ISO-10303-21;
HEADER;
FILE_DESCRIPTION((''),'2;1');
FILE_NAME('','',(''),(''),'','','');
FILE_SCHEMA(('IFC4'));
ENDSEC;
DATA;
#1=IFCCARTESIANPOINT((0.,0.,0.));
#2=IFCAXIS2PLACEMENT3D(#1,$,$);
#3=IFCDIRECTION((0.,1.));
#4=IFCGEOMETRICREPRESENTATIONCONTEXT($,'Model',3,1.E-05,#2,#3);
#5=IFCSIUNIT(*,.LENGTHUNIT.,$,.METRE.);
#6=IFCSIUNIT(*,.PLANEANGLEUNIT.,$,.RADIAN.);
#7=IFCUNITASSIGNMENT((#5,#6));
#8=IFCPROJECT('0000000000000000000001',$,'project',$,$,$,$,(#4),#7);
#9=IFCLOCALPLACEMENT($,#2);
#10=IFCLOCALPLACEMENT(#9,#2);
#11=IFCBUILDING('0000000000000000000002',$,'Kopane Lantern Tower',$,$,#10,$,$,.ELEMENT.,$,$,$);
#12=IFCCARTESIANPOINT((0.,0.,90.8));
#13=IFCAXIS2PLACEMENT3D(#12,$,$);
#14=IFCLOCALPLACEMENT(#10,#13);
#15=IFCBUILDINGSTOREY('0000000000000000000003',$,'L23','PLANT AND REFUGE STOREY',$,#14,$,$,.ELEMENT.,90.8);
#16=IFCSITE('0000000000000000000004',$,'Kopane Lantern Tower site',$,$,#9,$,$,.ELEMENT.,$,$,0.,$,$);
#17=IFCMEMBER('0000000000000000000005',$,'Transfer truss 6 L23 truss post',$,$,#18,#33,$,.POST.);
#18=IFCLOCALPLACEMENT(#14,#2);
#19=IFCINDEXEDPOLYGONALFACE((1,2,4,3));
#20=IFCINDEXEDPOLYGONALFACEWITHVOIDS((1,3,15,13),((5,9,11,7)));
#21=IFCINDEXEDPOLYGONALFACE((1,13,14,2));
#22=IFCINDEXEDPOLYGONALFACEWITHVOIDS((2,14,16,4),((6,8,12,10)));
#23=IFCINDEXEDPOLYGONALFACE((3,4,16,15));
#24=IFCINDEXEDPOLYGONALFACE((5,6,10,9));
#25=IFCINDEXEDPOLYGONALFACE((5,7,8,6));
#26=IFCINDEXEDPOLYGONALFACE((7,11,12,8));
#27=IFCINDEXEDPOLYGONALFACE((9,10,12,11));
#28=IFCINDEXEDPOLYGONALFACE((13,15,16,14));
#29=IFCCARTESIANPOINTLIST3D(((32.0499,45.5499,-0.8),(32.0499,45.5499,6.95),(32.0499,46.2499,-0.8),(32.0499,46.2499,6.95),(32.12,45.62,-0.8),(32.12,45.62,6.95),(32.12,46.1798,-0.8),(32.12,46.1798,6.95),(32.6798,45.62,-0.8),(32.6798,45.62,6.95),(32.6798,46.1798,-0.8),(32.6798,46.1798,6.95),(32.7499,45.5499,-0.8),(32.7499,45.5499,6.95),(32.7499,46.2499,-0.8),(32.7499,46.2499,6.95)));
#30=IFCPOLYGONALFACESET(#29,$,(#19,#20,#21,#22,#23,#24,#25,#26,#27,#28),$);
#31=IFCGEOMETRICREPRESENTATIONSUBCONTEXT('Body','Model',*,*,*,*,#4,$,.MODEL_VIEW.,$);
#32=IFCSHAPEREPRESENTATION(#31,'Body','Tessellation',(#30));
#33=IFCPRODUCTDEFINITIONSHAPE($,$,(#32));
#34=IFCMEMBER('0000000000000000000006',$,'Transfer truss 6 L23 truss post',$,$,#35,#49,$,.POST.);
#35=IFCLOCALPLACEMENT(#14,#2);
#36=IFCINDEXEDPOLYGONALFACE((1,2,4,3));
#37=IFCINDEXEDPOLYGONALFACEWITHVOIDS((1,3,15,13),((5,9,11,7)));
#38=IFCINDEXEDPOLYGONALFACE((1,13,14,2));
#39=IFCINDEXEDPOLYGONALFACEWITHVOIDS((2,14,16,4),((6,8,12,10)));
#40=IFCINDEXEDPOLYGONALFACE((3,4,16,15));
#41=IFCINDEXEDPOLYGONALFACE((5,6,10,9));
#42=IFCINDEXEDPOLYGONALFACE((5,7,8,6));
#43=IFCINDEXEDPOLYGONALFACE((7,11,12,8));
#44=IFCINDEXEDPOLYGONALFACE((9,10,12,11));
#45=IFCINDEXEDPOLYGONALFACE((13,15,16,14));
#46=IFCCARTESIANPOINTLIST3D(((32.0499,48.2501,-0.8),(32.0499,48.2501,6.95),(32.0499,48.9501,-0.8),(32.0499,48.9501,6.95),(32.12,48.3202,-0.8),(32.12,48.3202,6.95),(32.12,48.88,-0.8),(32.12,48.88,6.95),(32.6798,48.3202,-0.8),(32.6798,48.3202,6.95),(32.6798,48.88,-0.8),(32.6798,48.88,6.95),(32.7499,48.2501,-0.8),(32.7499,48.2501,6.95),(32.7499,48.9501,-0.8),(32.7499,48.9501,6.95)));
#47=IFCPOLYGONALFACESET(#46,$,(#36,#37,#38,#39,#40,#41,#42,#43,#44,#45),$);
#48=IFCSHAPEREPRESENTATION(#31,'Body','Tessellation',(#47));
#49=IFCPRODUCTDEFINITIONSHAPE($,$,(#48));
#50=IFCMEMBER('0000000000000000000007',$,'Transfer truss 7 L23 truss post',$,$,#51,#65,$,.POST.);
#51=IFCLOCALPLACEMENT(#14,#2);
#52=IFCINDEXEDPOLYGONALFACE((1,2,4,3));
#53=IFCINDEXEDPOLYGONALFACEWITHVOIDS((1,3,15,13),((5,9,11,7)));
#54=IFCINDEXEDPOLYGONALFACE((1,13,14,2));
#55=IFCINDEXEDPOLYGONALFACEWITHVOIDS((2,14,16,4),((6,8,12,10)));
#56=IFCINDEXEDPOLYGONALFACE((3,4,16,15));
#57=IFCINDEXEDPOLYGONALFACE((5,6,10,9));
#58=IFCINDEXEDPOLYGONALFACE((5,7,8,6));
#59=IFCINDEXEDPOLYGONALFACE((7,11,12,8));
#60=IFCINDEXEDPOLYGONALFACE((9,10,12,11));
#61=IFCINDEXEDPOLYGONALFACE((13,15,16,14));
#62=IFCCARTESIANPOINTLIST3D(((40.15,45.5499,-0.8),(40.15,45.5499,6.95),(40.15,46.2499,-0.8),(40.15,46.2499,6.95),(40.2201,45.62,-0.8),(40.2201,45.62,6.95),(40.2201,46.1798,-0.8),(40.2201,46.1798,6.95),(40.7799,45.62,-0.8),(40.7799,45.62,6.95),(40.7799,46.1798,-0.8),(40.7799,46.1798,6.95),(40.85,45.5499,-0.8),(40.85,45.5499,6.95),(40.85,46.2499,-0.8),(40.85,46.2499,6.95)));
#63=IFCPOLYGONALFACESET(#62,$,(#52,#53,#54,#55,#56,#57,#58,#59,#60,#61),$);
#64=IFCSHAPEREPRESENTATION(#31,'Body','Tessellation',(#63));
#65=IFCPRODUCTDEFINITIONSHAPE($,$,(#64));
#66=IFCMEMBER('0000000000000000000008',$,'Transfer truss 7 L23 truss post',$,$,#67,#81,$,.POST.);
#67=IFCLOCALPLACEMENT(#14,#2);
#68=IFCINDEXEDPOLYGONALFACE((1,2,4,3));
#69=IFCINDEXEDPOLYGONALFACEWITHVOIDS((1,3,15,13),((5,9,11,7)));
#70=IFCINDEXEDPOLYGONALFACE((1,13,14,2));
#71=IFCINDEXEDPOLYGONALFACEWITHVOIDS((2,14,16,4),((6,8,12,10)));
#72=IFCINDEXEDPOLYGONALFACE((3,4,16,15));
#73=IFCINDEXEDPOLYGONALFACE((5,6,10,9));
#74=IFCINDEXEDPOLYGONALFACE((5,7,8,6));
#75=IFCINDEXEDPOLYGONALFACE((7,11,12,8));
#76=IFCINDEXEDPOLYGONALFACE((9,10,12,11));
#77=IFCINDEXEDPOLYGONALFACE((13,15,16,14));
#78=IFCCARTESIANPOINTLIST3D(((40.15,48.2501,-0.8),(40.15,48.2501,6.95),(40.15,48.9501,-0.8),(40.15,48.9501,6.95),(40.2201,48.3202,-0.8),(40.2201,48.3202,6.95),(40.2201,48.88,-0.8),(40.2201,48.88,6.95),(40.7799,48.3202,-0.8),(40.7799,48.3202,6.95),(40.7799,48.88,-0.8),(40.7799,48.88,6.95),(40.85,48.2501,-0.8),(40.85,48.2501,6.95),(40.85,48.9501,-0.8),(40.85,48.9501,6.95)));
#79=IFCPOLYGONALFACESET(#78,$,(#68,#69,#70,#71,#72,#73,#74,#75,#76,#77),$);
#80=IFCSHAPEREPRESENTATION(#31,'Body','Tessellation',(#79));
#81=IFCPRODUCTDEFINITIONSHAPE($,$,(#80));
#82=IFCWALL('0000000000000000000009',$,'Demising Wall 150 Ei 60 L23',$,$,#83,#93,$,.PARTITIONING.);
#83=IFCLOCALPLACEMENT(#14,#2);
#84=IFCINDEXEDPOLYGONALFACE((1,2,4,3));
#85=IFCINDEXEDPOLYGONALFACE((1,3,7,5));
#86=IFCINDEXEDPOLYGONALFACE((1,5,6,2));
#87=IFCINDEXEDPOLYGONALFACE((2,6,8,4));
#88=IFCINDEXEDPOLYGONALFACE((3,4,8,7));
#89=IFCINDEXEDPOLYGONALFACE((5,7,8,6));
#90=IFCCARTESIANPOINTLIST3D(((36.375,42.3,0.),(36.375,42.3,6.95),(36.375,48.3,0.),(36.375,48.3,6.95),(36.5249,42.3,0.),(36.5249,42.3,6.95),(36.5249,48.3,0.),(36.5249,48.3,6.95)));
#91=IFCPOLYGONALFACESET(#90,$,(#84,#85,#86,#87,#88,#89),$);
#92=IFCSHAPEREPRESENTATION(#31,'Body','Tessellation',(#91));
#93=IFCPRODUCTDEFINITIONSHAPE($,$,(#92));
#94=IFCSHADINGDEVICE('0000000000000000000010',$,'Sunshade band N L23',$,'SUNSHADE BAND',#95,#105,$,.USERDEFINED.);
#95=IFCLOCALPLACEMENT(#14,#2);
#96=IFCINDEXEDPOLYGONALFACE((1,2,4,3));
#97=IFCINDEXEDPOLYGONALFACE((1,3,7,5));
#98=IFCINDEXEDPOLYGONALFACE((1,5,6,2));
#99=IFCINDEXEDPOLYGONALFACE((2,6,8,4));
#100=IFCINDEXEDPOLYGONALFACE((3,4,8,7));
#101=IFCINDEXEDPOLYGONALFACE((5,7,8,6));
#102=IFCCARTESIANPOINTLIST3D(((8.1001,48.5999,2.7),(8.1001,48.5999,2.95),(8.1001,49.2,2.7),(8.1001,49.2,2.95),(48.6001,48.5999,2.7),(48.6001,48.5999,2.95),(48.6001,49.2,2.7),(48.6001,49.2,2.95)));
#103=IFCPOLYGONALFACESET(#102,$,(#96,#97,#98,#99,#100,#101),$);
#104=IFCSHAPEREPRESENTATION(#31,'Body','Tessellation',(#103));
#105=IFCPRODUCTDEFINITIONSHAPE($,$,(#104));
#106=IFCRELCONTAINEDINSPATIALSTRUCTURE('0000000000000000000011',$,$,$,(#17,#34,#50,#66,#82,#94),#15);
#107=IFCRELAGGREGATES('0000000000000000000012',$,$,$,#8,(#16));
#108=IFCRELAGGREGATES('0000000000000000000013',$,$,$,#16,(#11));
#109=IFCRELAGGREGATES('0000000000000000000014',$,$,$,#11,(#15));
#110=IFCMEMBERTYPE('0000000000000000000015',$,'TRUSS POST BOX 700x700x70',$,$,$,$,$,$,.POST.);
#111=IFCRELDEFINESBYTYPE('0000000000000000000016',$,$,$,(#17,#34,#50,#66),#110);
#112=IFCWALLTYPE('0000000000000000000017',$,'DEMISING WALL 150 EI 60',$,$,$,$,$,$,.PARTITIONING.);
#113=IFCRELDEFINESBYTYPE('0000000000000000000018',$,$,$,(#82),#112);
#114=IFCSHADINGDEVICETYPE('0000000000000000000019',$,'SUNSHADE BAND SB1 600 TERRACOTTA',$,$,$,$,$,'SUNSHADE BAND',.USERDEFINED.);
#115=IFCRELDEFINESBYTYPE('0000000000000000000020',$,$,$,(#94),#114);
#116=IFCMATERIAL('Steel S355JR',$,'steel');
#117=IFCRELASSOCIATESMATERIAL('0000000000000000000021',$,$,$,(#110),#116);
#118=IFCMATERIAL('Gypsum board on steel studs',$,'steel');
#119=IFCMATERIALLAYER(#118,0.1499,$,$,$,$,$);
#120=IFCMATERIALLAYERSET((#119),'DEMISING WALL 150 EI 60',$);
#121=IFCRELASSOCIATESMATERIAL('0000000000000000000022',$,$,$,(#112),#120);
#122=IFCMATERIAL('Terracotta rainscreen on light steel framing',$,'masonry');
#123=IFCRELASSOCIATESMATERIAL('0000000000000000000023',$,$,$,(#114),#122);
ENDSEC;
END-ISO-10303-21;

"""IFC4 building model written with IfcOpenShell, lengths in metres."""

from ifc_helpers import new_model, si_unit, direction, frame, frame_2d, origin, origin_2d, place, context, subcontext, project, spatial, rectangle, hollow_rectangle, extrude, material, layer, layer_set, material_profile, profile_set, type_object, element, save


model = new_model("IFC4")

# Units and contexts
model_context = context("Model", 3, precision=1e-05, world=origin(), true_north=direction((0.0, 1.0)))
body_context = subcontext(model_context, "Body", "Model", "MODEL_VIEW")
ifc_project = project(units=[si_unit("LENGTHUNIT", "METRE"), si_unit("PLANEANGLEUNIT", "RADIAN")], contexts=[model_context])

# Site, building, storey
site_placement = place(None, origin())
site = spatial("IfcSite", under=ifc_project, at=site_placement, Name="Kopane Lantern Tower site", CompositionType="ELEMENT", RefElevation=0.0)
building_placement = place(site_placement, origin())
building = spatial("IfcBuilding", under=site, at=building_placement, Name="Kopane Lantern Tower", CompositionType="ELEMENT")
storey_placement = place(building_placement, frame((0.0, 0.0, 90.8)))
storey = spatial("IfcBuildingStorey", under=building, at=storey_placement, Name="L23", Description="PLANT AND REFUGE STOREY", CompositionType="ELEMENT", Elevation=90.8)

# Members
ifc_material_1 = material(Name="Steel S355JR", Category="steel")
ifc_material_profile_1 = material_profile(ifc_material_1, hollow_rectangle(XDim=0.7, YDim=0.7, WallThickness=0.0701, at=origin_2d()), Name="BOX 700x700x70")
ifc_profile_set_1 = profile_set([ifc_material_profile_1], Name="Steel S355JR")
member_type_1 = type_object("IfcMemberType", Name="TRUSS POST BOX 700x700x70", PredefinedType="POST", material=ifc_profile_set_1)
for number, where, z_axis, x_axis, name in (
    (1, (32.3999, 45.8999, -0.8), (0.0, 0.0, 1.0), (1.0, 0.0, 0.0), "Transfer truss 6 L23 truss post"),
    (2, (32.3999, 48.6001, -0.8), (0.0, 0.0, 1.0), (1.0, 0.0, 0.0), "Transfer truss 6 L23 truss post"),
    (3, (40.5, 45.8999, -0.8), (0.0, 0.0, 1.0), (1.0, 0.0, 0.0), "Transfer truss 7 L23 truss post"),
    (4, (40.5, 48.6001, -0.8), (0.0, 0.0, 1.0), (1.0, 0.0, 0.0), "Transfer truss 7 L23 truss post"),
):
    element("IfcMember", number, at=place(storey_placement, frame(where, z_axis=z_axis, x_axis=x_axis)), inside=storey, type_object=member_type_1, Name=name, PredefinedType="POST", context=body_context, shape_type="SweptSolid", body=[
        extrude(hollow_rectangle(XDim=0.7, YDim=0.7, WallThickness=0.0701, at=origin_2d()), origin(), (0.0, 0.0, 1.0), 7.75),
    ])

# Wall
ifc_material_2 = material(Name="Gypsum board on steel studs", Category="steel")
ifc_layer = layer(ifc_material_2, 0.1499)
ifc_layer_set = layer_set([ifc_layer], Name="DEMISING WALL 150 EI 60")
wall_type = type_object("IfcWallType", Name="DEMISING WALL 150 EI 60", PredefinedType="PARTITIONING", material=ifc_layer_set)
wall_placement = place(storey_placement, frame((36.45, 42.3, 0.0), z_axis=(0.0, 0.0, 1.0), x_axis=(0.0, 1.0, 0.0)))
element("IfcWall", 5, at=wall_placement, inside=storey, type_object=wall_type, Name="Demising Wall 150 Ei 60 L23", PredefinedType="PARTITIONING", context=body_context, shape_type="SweptSolid", body=[
    extrude(rectangle(XDim=6.0, YDim=0.1499, at=frame_2d((3.0, 0.0))), origin(), (0.0, 0.0, 1.0), 6.95),
])

# Shading device
ifc_material_3 = material(Name="Terracotta rainscreen on light steel framing", Category="masonry")
shading_device_type = type_object("IfcShadingDeviceType", Name="SUNSHADE BAND SB1 600 TERRACOTTA", ElementType="SUNSHADE BAND", PredefinedType="USERDEFINED", material=ifc_material_3)
shading_device_placement = place(storey_placement, frame((28.3501, 48.8999, 2.7), z_axis=(0.0, 0.0, 1.0), x_axis=(-1.0, 0.0, 0.0)))
element("IfcShadingDevice", 6, at=shading_device_placement, inside=storey, type_object=shading_device_type, Name="Sunshade band N L23", ObjectType="SUNSHADE BAND", PredefinedType="USERDEFINED", context=body_context, shape_type="SweptSolid", body=[
    extrude(rectangle(XDim=40.5, YDim=0.6001, at=origin_2d()), origin(), (0.0, 0.0, 1.0), 0.25),
])

save(model, "model.ifc")
